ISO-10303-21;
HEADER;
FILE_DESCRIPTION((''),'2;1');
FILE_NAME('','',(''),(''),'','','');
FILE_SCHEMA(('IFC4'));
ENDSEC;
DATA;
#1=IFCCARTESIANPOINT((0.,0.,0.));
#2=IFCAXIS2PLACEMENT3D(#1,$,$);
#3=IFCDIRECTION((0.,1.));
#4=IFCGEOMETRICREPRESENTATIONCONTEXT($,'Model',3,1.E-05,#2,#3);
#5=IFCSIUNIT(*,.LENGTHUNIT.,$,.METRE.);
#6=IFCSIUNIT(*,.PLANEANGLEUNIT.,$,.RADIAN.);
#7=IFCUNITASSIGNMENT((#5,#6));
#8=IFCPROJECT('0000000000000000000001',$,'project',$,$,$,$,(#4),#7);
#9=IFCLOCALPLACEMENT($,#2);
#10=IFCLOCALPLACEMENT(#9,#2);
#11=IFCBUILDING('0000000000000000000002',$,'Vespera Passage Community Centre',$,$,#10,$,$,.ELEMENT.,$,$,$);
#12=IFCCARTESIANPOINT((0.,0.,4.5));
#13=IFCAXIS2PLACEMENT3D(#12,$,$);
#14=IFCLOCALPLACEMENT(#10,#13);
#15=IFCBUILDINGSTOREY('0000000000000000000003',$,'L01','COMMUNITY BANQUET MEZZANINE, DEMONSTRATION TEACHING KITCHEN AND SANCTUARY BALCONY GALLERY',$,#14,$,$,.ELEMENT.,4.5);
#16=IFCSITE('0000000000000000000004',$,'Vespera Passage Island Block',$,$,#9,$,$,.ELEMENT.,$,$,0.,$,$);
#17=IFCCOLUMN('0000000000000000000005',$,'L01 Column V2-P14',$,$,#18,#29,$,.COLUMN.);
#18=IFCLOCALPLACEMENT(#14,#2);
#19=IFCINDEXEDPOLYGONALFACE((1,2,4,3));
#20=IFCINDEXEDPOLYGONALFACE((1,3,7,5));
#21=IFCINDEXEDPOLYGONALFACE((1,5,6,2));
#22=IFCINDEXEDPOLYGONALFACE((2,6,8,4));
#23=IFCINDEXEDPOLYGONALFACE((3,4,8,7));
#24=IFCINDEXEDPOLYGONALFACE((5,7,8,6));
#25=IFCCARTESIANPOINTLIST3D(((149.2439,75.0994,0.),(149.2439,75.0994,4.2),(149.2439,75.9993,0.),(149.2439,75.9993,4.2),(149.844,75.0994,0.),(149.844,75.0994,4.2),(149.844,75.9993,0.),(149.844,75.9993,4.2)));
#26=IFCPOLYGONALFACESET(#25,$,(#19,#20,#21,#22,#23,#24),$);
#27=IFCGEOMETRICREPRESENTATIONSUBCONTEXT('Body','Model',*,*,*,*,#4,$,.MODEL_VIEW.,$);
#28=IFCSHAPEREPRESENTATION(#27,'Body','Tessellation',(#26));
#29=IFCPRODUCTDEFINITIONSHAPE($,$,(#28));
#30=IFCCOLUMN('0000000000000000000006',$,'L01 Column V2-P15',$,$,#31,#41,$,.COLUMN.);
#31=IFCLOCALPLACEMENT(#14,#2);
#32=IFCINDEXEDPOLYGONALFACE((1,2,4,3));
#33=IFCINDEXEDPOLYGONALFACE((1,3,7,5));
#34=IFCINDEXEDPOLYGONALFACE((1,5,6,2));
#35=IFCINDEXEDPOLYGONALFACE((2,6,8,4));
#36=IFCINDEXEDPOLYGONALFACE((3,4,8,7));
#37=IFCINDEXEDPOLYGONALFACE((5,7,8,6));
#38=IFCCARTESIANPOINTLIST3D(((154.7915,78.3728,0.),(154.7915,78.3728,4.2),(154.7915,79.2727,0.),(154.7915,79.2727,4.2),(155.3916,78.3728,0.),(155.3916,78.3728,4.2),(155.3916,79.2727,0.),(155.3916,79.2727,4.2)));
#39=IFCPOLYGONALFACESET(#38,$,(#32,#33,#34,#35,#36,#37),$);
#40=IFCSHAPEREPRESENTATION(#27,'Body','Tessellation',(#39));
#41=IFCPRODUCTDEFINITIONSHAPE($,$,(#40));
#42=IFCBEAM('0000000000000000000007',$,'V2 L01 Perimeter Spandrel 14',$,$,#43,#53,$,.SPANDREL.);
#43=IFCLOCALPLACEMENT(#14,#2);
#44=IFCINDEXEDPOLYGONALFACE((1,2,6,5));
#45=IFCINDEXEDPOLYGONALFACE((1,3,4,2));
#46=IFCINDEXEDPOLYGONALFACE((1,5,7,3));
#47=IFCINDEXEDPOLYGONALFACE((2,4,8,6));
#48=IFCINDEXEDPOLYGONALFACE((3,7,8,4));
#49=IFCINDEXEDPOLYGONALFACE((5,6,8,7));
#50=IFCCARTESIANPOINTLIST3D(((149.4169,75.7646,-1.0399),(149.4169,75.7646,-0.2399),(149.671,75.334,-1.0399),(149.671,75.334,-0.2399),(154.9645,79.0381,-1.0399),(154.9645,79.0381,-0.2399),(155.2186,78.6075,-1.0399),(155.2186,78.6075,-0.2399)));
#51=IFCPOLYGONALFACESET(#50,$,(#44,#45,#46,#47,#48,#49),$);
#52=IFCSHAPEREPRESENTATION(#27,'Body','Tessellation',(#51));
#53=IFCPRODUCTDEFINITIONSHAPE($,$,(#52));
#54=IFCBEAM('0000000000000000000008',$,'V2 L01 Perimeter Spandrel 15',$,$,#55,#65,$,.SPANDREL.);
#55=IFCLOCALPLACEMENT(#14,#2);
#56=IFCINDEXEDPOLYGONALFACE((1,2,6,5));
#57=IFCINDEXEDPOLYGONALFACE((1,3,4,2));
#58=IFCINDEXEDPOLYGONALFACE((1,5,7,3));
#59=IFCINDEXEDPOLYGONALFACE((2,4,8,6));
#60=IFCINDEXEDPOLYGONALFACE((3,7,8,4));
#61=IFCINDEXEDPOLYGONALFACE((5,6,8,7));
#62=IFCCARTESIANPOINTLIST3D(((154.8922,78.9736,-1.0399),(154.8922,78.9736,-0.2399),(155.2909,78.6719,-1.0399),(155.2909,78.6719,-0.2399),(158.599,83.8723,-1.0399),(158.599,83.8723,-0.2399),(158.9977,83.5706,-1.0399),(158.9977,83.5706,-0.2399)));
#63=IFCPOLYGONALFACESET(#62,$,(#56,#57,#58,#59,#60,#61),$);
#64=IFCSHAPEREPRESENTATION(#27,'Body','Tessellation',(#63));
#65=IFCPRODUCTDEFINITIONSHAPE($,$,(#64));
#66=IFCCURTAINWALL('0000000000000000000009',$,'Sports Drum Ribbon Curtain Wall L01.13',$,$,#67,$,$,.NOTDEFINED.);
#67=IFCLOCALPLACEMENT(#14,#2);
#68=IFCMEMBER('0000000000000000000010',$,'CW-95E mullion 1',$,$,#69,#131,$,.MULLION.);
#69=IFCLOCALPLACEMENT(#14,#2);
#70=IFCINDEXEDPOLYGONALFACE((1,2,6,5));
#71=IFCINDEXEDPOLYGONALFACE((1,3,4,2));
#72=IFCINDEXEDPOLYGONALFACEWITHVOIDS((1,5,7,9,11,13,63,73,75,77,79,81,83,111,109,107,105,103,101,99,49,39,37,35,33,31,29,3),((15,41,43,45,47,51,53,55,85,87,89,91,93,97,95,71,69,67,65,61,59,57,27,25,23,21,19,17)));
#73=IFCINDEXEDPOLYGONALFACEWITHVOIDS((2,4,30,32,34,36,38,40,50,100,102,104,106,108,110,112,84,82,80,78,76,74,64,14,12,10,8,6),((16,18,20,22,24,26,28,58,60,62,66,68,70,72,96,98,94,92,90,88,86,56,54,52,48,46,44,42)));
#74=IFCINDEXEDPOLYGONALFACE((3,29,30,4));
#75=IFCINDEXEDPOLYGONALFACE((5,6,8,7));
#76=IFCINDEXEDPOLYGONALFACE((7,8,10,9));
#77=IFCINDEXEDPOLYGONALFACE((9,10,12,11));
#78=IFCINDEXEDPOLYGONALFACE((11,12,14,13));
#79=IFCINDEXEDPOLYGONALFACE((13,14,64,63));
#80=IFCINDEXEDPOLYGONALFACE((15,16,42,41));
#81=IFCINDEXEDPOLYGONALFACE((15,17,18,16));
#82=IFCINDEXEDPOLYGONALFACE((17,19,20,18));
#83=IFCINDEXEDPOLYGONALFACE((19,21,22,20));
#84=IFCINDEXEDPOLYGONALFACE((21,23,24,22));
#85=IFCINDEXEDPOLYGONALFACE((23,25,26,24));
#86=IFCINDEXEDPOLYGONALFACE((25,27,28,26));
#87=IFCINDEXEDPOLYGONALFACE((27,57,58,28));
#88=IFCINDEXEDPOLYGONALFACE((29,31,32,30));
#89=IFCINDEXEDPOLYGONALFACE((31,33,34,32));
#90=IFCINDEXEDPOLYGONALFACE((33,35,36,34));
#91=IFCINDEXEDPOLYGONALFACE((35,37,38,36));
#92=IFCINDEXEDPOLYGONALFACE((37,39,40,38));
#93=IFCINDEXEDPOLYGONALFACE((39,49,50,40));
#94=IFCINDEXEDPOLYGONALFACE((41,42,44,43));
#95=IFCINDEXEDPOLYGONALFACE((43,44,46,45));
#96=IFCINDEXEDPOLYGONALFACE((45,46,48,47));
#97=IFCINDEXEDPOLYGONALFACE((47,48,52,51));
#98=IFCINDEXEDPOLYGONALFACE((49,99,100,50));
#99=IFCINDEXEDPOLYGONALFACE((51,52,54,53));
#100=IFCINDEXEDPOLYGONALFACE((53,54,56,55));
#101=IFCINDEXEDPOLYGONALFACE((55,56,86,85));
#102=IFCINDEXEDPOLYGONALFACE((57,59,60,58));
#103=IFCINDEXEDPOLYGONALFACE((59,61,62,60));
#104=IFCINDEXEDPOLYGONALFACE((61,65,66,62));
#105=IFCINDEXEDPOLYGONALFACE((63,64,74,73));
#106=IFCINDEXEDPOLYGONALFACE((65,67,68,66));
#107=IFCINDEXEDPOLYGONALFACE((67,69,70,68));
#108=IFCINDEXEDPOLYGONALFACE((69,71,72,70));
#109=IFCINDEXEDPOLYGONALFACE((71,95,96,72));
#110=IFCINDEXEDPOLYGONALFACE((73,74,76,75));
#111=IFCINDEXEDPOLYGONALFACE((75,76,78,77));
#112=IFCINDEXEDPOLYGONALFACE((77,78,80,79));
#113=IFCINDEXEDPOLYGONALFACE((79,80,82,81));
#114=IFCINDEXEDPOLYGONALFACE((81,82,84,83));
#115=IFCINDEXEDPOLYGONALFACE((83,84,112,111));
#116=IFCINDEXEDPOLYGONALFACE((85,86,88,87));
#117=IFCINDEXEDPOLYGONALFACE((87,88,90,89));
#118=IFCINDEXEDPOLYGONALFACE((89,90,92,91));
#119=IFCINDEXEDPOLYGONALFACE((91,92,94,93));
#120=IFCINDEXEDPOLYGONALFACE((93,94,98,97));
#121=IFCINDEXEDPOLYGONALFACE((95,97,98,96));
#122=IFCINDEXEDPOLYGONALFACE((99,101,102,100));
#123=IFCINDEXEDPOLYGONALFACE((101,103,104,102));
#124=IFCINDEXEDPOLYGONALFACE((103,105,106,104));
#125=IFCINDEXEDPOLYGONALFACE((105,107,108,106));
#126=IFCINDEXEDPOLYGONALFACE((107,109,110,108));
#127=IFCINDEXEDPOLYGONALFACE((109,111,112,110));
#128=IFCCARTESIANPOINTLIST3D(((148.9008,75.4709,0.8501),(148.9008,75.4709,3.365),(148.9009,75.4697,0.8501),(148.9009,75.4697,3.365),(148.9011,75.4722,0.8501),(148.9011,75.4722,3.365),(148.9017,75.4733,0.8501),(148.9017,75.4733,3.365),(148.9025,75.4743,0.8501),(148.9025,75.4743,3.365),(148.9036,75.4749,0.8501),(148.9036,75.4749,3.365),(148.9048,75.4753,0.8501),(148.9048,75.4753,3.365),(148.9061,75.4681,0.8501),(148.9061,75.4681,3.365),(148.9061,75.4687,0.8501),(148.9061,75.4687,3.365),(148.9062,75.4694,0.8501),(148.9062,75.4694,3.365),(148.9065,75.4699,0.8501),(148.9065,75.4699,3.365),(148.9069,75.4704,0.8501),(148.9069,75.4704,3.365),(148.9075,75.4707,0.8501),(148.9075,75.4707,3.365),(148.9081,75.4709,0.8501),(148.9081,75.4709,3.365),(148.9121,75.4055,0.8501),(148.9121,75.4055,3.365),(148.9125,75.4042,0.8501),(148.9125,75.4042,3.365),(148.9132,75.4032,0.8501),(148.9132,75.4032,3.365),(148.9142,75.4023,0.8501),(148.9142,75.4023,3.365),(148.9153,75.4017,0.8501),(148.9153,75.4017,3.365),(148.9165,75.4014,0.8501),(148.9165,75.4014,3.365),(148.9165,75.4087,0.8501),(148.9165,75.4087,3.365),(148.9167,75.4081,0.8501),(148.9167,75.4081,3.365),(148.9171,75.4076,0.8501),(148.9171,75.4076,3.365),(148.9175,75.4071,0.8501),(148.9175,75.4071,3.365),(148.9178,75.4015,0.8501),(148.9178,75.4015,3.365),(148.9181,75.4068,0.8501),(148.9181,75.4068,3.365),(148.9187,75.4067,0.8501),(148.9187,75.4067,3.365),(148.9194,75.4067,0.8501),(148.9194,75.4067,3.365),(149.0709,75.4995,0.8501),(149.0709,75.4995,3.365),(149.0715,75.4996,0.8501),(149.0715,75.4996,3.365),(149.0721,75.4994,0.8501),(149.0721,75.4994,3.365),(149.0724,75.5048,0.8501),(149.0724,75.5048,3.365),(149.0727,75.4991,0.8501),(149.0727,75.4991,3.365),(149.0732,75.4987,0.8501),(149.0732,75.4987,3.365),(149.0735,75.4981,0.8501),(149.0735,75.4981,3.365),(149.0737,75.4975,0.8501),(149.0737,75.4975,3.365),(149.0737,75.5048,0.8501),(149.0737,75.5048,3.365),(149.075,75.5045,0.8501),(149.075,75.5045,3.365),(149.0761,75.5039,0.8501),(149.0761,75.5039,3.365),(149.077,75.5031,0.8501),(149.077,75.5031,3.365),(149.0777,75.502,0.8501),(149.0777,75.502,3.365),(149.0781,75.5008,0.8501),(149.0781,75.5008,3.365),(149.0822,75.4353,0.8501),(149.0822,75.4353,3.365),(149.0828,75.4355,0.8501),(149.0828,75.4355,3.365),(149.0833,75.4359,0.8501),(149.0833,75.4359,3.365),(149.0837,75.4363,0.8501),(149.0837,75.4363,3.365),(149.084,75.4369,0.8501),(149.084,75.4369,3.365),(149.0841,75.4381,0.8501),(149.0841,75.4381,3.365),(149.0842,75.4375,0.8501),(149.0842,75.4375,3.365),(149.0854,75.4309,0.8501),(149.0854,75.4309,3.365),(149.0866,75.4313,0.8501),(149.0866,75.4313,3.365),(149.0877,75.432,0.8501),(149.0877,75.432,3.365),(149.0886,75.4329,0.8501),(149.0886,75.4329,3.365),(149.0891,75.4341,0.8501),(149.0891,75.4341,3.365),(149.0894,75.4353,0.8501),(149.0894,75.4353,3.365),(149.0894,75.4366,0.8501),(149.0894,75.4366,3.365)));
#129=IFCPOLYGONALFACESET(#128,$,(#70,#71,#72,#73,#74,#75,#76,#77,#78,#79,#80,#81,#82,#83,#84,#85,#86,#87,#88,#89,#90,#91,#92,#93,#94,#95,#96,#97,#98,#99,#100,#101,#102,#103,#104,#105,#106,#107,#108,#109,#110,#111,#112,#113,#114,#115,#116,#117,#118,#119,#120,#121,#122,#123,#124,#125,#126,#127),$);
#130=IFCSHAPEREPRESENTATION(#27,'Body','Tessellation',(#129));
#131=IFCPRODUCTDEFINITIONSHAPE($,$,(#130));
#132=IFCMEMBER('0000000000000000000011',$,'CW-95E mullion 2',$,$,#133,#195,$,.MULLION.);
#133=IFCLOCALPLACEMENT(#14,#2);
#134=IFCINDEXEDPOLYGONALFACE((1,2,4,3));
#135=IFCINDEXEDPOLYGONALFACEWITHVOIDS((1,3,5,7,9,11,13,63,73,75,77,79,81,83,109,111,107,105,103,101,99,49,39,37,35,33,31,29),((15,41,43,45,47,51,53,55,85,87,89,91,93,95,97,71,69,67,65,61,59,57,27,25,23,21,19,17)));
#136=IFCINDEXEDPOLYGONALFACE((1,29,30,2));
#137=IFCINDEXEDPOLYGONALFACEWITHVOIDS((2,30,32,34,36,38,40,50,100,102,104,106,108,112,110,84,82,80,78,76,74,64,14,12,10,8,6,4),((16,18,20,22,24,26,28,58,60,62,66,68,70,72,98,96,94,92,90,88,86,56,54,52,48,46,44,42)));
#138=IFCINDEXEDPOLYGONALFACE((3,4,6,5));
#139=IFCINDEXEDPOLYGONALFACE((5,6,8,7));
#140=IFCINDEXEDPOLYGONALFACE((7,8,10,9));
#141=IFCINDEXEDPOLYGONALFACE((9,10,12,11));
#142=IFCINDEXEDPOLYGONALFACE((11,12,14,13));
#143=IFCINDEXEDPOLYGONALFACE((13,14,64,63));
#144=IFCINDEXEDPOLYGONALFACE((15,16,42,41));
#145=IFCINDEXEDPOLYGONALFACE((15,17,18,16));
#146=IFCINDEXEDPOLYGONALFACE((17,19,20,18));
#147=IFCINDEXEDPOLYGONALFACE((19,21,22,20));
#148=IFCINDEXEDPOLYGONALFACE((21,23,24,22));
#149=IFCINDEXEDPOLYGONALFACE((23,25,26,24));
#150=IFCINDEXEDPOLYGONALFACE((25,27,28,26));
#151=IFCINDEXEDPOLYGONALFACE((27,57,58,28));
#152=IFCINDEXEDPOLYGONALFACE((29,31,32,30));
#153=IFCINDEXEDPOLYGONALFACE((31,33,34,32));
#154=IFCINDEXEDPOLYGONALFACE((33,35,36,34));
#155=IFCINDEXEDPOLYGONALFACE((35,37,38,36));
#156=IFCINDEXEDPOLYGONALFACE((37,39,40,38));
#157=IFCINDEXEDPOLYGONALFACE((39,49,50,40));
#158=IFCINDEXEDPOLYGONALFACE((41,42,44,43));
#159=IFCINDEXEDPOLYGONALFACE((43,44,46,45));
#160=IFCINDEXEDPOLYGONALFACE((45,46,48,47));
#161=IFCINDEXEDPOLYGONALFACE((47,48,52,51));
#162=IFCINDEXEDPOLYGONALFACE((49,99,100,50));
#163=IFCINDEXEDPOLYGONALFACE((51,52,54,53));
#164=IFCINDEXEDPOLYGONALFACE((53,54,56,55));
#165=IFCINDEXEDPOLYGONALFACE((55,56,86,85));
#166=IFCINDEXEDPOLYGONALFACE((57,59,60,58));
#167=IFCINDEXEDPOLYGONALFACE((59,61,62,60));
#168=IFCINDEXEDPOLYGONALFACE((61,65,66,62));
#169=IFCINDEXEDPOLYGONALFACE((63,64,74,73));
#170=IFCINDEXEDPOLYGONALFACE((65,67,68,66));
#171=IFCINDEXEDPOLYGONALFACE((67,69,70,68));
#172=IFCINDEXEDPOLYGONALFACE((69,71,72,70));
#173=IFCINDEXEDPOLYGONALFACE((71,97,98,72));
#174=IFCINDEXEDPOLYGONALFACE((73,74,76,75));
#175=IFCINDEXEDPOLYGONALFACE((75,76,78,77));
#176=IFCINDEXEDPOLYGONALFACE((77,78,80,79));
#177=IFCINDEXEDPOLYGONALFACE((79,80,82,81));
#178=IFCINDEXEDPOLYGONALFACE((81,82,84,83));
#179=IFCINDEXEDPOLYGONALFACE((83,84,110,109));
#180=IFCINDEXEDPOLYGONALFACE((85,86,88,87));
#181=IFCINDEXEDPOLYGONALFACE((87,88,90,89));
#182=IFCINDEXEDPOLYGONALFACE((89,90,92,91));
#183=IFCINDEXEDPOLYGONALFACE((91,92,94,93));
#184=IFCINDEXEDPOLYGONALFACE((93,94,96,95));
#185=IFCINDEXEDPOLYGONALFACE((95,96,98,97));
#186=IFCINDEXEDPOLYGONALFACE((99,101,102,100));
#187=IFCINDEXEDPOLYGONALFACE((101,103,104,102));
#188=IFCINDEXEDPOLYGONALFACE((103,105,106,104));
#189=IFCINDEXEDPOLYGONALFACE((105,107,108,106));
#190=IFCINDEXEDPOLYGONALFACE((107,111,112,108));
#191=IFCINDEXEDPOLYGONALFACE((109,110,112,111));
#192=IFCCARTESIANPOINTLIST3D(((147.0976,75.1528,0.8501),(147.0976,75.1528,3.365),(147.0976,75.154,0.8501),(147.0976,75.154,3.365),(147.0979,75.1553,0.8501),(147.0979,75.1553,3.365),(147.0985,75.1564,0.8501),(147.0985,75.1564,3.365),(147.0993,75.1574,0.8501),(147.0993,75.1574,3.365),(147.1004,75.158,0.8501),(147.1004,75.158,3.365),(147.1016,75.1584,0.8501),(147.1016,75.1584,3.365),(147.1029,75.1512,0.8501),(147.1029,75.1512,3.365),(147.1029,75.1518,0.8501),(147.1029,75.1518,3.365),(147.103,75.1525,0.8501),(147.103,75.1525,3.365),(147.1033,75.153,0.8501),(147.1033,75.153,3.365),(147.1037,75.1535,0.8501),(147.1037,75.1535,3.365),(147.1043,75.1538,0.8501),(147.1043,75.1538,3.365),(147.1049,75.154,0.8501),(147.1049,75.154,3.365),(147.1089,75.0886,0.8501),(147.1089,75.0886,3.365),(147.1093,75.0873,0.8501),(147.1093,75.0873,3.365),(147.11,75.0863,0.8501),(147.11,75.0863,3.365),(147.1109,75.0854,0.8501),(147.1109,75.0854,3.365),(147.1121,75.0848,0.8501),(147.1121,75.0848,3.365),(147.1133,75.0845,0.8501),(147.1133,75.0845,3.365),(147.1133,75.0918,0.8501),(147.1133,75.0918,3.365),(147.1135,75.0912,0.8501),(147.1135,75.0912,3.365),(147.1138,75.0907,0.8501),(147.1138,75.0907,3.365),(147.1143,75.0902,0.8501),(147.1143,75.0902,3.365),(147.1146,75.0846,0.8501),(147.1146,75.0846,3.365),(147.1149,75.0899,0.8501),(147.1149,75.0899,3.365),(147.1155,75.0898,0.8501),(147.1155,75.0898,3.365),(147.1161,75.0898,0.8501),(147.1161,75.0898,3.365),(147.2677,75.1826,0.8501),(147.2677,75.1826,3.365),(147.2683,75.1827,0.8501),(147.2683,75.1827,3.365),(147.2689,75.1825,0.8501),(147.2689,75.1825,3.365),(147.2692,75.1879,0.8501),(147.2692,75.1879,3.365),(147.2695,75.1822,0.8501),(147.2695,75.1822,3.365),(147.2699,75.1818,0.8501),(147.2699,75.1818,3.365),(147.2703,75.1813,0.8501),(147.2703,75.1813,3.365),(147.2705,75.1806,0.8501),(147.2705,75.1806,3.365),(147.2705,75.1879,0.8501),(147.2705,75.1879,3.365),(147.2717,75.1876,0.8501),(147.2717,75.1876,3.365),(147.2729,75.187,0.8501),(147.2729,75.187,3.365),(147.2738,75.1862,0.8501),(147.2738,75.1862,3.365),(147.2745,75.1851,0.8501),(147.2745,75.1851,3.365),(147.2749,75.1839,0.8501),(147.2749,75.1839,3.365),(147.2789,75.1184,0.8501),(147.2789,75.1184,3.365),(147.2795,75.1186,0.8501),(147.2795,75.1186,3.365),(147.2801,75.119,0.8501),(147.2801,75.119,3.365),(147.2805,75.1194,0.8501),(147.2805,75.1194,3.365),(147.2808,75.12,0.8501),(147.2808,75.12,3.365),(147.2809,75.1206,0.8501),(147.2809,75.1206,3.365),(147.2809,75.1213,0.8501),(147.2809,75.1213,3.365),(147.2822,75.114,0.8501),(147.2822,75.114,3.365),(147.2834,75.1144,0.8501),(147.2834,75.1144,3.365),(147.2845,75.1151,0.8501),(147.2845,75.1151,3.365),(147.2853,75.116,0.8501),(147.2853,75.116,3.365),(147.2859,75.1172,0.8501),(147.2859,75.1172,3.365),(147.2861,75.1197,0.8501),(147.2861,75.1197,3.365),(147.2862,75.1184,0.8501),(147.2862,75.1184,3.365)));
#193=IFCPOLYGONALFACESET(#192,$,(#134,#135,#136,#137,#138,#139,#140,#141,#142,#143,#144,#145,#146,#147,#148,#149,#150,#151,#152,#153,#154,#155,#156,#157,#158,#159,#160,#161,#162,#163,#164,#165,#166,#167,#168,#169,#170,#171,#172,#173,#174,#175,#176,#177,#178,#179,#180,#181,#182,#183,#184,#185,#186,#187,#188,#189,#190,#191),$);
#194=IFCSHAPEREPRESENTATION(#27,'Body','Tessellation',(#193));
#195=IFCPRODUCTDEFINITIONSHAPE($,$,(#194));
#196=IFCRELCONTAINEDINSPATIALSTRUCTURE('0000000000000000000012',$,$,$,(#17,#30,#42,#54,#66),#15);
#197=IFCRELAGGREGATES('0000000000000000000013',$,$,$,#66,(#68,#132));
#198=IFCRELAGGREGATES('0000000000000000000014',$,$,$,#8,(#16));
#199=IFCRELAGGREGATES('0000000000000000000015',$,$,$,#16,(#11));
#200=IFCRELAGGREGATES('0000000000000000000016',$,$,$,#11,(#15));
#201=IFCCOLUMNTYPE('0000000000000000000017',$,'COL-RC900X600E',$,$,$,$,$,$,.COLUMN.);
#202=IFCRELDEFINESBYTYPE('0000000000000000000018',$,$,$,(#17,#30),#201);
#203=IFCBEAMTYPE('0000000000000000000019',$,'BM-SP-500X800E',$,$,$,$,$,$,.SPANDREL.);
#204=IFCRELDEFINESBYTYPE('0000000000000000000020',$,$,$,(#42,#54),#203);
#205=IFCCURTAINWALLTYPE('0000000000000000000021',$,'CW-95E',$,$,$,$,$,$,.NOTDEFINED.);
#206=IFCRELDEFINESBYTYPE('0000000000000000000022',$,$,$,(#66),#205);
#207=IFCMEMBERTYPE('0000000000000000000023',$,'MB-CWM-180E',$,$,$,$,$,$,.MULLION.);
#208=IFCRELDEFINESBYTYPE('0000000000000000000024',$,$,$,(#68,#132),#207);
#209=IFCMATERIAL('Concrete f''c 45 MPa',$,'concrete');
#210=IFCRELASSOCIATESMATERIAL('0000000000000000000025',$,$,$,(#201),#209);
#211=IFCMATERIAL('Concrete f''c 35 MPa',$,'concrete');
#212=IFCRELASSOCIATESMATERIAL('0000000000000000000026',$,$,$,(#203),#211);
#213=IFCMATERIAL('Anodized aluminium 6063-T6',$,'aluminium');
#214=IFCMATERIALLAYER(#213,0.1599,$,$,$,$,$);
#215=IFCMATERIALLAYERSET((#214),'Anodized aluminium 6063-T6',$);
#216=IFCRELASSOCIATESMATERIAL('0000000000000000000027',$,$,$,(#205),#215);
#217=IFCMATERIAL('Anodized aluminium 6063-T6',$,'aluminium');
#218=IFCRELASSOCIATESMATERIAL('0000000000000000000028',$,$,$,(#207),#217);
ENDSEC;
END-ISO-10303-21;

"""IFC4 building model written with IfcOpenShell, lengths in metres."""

from ifc_helpers import new_model, si_unit, direction, frame, origin, origin_2d, place, context, subcontext, project, spatial, rectangle, hollow_rectangle, extrude, material, layer, layer_set, material_profile, profile_set, type_object, element, aggregate, save


model = new_model("IFC4")

# Units and contexts
model_context = context("Model", 3, precision=1e-05, world=origin(), true_north=direction((0.0, 1.0)))
body_context = subcontext(model_context, "Body", "Model", "MODEL_VIEW")
ifc_project = project(units=[si_unit("LENGTHUNIT", "METRE"), si_unit("PLANEANGLEUNIT", "RADIAN")], contexts=[model_context])

# Site, building, storey
site_placement = place(None, origin())
site = spatial("IfcSite", under=ifc_project, at=site_placement, Name="Vespera Passage Island Block", CompositionType="ELEMENT", RefElevation=0.0)
building_placement = place(site_placement, origin())
building = spatial("IfcBuilding", under=site, at=building_placement, Name="Vespera Passage Community Centre", CompositionType="ELEMENT")
storey_placement = place(building_placement, frame((0.0, 0.0, 4.5)))
storey = spatial("IfcBuildingStorey", under=building, at=storey_placement, Name="L01", Description="COMMUNITY BANQUET MEZZANINE, DEMONSTRATION TEACHING KITCHEN AND SANCTUARY BALCONY GALLERY", CompositionType="ELEMENT", Elevation=4.5)

# Columns
ifc_material_1 = material(Name="Concrete f'c 45 MPa", Category="concrete")
ifc_material_profile_1 = material_profile(ifc_material_1, rectangle(XDim=0.6001, YDim=0.8999, at=origin_2d()), Name="RC900X600")
ifc_profile_set_1 = profile_set([ifc_material_profile_1], Name="Concrete f'c 45 MPa")
column_type = type_object("IfcColumnType", Name="COL-RC900X600E", PredefinedType="COLUMN", material=ifc_profile_set_1)
for number, where, z_axis, x_axis, name in (
    (1, (149.5439, 75.5493, 0.0), (0.0, 0.0, 1.0), (1.0, 0.0, 0.0), "L01 Column V2-P14"),
    (2, (155.0916, 78.8228, 0.0), (0.0, 0.0, 1.0), (1.0, 0.0, 0.0), "L01 Column V2-P15"),
):
    element("IfcColumn", number, at=place(storey_placement, frame(where, z_axis=z_axis, x_axis=x_axis)), inside=storey, type_object=column_type, Name=name, PredefinedType="COLUMN", context=body_context, shape_type="SweptSolid", body=[
        extrude(rectangle(XDim=0.6001, YDim=0.8999, at=origin_2d()), origin(), (0.0, 0.0, 1.0), 4.2),
    ])

# Beams
ifc_material_2 = material(Name="Concrete f'c 35 MPa", Category="concrete")
ifc_material_profile_2 = material_profile(ifc_material_2, rectangle(XDim=0.5, YDim=0.8, at=origin_2d()), Name="RC500X800")
ifc_profile_set_2 = profile_set([ifc_material_profile_2], Name="Concrete f'c 35 MPa")
beam_type = type_object("IfcBeamType", Name="BM-SP-500X800E", PredefinedType="SPANDREL", material=ifc_profile_set_2)
beam_1_placement = place(storey_placement, frame((149.5439, 75.5493, -0.6399), z_axis=(0.861246, 0.508189, 0.0), x_axis=(-0.508189, 0.861246, 0.0)))
element("IfcBeam", 3, at=beam_1_placement, inside=storey, type_object=beam_type, Name="V2 L01 Perimeter Spandrel 14", PredefinedType="SPANDREL", context=body_context, shape_type="SweptSolid", body=[
    extrude(rectangle(XDim=0.5, YDim=0.8, at=origin_2d()), origin(), (0.0, 0.0, 1.0), 6.4414),
])
beam_2_placement = place(storey_placement, frame((155.0916, 78.8228, -0.6399), z_axis=(0.603409, 0.797432, 0.0), x_axis=(-0.797432, 0.603409, 0.0)))
element("IfcBeam", 4, at=beam_2_placement, inside=storey, type_object=beam_type, Name="V2 L01 Perimeter Spandrel 15", PredefinedType="SPANDREL", context=body_context, shape_type="SweptSolid", body=[
    extrude(rectangle(XDim=0.5, YDim=0.8, at=origin_2d()), origin(), (0.0, 0.0, 1.0), 6.1431),
])

# Curtain wall, members
ifc_material_3 = material(Name="Anodized aluminium 6063-T6", Category="aluminium")
ifc_layer_1 = layer(ifc_material_3, 0.1599)
ifc_layer_set_1 = layer_set([ifc_layer_1], Name="Anodized aluminium 6063-T6")
curtain_wall_type_1 = type_object("IfcCurtainWallType", Name="CW-95E", PredefinedType="NOTDEFINED", material=ifc_layer_set_1)
curtain_wall_1_placement = place(storey_placement, origin())
curtain_wall_1 = element("IfcCurtainWall", 5, at=curtain_wall_1_placement, inside=storey, type_object=curtain_wall_type_1, Name="Sports Drum Ribbon Curtain Wall L01.13", PredefinedType="NOTDEFINED")
ifc_material_4 = material(Name="Anodized aluminium 6063-T6", Category="aluminium")
ifc_material_profile_3 = material_profile(ifc_material_4, hollow_rectangle(XDim=0.075, YDim=0.1799, WallThickness=0.0049, InnerFilletRadius=0.0024, OuterFilletRadius=0.0049, at=origin_2d()), Name="ALU180X75X5")
ifc_profile_set_3 = profile_set([ifc_material_profile_3], Name="Anodized aluminium 6063-T6")
member_type_1 = type_object("IfcMemberType", Name="MB-CWM-180E", PredefinedType="MULLION", material=ifc_profile_set_3)
member_1_placement = place(storey_placement, frame((148.9951, 75.4531, 0.8501), z_axis=(0.0, 0.0, 1.0), x_axis=(0.172994, -0.984923, 0.0)))
member_1 = element("IfcMember", 6, at=member_1_placement, type_object=member_type_1, Name="CW-95E mullion 1", PredefinedType="MULLION", context=body_context, shape_type="SweptSolid", body=[
    extrude(hollow_rectangle(XDim=0.075, YDim=0.1799, WallThickness=0.0049, InnerFilletRadius=0.0024, OuterFilletRadius=0.0049, at=origin_2d()), origin(), (0.0, 0.0, 1.0), 2.5149),
])
member_2_placement = place(storey_placement, frame((147.1919, 75.1362, 0.8501), z_axis=(0.0, 0.0, 1.0), x_axis=(0.172994, -0.984923, 0.0)))
member_2 = element("IfcMember", 7, at=member_2_placement, type_object=member_type_1, Name="CW-95E mullion 2", PredefinedType="MULLION", context=body_context, shape_type="SweptSolid", body=[
    extrude(hollow_rectangle(XDim=0.075, YDim=0.1799, WallThickness=0.0049, InnerFilletRadius=0.0024, OuterFilletRadius=0.0049, at=origin_2d()), origin(), (0.0, 0.0, 1.0), 2.5149),
])

aggregate(curtain_wall_1, [member_1, member_2])

save(model, "model.ifc")
